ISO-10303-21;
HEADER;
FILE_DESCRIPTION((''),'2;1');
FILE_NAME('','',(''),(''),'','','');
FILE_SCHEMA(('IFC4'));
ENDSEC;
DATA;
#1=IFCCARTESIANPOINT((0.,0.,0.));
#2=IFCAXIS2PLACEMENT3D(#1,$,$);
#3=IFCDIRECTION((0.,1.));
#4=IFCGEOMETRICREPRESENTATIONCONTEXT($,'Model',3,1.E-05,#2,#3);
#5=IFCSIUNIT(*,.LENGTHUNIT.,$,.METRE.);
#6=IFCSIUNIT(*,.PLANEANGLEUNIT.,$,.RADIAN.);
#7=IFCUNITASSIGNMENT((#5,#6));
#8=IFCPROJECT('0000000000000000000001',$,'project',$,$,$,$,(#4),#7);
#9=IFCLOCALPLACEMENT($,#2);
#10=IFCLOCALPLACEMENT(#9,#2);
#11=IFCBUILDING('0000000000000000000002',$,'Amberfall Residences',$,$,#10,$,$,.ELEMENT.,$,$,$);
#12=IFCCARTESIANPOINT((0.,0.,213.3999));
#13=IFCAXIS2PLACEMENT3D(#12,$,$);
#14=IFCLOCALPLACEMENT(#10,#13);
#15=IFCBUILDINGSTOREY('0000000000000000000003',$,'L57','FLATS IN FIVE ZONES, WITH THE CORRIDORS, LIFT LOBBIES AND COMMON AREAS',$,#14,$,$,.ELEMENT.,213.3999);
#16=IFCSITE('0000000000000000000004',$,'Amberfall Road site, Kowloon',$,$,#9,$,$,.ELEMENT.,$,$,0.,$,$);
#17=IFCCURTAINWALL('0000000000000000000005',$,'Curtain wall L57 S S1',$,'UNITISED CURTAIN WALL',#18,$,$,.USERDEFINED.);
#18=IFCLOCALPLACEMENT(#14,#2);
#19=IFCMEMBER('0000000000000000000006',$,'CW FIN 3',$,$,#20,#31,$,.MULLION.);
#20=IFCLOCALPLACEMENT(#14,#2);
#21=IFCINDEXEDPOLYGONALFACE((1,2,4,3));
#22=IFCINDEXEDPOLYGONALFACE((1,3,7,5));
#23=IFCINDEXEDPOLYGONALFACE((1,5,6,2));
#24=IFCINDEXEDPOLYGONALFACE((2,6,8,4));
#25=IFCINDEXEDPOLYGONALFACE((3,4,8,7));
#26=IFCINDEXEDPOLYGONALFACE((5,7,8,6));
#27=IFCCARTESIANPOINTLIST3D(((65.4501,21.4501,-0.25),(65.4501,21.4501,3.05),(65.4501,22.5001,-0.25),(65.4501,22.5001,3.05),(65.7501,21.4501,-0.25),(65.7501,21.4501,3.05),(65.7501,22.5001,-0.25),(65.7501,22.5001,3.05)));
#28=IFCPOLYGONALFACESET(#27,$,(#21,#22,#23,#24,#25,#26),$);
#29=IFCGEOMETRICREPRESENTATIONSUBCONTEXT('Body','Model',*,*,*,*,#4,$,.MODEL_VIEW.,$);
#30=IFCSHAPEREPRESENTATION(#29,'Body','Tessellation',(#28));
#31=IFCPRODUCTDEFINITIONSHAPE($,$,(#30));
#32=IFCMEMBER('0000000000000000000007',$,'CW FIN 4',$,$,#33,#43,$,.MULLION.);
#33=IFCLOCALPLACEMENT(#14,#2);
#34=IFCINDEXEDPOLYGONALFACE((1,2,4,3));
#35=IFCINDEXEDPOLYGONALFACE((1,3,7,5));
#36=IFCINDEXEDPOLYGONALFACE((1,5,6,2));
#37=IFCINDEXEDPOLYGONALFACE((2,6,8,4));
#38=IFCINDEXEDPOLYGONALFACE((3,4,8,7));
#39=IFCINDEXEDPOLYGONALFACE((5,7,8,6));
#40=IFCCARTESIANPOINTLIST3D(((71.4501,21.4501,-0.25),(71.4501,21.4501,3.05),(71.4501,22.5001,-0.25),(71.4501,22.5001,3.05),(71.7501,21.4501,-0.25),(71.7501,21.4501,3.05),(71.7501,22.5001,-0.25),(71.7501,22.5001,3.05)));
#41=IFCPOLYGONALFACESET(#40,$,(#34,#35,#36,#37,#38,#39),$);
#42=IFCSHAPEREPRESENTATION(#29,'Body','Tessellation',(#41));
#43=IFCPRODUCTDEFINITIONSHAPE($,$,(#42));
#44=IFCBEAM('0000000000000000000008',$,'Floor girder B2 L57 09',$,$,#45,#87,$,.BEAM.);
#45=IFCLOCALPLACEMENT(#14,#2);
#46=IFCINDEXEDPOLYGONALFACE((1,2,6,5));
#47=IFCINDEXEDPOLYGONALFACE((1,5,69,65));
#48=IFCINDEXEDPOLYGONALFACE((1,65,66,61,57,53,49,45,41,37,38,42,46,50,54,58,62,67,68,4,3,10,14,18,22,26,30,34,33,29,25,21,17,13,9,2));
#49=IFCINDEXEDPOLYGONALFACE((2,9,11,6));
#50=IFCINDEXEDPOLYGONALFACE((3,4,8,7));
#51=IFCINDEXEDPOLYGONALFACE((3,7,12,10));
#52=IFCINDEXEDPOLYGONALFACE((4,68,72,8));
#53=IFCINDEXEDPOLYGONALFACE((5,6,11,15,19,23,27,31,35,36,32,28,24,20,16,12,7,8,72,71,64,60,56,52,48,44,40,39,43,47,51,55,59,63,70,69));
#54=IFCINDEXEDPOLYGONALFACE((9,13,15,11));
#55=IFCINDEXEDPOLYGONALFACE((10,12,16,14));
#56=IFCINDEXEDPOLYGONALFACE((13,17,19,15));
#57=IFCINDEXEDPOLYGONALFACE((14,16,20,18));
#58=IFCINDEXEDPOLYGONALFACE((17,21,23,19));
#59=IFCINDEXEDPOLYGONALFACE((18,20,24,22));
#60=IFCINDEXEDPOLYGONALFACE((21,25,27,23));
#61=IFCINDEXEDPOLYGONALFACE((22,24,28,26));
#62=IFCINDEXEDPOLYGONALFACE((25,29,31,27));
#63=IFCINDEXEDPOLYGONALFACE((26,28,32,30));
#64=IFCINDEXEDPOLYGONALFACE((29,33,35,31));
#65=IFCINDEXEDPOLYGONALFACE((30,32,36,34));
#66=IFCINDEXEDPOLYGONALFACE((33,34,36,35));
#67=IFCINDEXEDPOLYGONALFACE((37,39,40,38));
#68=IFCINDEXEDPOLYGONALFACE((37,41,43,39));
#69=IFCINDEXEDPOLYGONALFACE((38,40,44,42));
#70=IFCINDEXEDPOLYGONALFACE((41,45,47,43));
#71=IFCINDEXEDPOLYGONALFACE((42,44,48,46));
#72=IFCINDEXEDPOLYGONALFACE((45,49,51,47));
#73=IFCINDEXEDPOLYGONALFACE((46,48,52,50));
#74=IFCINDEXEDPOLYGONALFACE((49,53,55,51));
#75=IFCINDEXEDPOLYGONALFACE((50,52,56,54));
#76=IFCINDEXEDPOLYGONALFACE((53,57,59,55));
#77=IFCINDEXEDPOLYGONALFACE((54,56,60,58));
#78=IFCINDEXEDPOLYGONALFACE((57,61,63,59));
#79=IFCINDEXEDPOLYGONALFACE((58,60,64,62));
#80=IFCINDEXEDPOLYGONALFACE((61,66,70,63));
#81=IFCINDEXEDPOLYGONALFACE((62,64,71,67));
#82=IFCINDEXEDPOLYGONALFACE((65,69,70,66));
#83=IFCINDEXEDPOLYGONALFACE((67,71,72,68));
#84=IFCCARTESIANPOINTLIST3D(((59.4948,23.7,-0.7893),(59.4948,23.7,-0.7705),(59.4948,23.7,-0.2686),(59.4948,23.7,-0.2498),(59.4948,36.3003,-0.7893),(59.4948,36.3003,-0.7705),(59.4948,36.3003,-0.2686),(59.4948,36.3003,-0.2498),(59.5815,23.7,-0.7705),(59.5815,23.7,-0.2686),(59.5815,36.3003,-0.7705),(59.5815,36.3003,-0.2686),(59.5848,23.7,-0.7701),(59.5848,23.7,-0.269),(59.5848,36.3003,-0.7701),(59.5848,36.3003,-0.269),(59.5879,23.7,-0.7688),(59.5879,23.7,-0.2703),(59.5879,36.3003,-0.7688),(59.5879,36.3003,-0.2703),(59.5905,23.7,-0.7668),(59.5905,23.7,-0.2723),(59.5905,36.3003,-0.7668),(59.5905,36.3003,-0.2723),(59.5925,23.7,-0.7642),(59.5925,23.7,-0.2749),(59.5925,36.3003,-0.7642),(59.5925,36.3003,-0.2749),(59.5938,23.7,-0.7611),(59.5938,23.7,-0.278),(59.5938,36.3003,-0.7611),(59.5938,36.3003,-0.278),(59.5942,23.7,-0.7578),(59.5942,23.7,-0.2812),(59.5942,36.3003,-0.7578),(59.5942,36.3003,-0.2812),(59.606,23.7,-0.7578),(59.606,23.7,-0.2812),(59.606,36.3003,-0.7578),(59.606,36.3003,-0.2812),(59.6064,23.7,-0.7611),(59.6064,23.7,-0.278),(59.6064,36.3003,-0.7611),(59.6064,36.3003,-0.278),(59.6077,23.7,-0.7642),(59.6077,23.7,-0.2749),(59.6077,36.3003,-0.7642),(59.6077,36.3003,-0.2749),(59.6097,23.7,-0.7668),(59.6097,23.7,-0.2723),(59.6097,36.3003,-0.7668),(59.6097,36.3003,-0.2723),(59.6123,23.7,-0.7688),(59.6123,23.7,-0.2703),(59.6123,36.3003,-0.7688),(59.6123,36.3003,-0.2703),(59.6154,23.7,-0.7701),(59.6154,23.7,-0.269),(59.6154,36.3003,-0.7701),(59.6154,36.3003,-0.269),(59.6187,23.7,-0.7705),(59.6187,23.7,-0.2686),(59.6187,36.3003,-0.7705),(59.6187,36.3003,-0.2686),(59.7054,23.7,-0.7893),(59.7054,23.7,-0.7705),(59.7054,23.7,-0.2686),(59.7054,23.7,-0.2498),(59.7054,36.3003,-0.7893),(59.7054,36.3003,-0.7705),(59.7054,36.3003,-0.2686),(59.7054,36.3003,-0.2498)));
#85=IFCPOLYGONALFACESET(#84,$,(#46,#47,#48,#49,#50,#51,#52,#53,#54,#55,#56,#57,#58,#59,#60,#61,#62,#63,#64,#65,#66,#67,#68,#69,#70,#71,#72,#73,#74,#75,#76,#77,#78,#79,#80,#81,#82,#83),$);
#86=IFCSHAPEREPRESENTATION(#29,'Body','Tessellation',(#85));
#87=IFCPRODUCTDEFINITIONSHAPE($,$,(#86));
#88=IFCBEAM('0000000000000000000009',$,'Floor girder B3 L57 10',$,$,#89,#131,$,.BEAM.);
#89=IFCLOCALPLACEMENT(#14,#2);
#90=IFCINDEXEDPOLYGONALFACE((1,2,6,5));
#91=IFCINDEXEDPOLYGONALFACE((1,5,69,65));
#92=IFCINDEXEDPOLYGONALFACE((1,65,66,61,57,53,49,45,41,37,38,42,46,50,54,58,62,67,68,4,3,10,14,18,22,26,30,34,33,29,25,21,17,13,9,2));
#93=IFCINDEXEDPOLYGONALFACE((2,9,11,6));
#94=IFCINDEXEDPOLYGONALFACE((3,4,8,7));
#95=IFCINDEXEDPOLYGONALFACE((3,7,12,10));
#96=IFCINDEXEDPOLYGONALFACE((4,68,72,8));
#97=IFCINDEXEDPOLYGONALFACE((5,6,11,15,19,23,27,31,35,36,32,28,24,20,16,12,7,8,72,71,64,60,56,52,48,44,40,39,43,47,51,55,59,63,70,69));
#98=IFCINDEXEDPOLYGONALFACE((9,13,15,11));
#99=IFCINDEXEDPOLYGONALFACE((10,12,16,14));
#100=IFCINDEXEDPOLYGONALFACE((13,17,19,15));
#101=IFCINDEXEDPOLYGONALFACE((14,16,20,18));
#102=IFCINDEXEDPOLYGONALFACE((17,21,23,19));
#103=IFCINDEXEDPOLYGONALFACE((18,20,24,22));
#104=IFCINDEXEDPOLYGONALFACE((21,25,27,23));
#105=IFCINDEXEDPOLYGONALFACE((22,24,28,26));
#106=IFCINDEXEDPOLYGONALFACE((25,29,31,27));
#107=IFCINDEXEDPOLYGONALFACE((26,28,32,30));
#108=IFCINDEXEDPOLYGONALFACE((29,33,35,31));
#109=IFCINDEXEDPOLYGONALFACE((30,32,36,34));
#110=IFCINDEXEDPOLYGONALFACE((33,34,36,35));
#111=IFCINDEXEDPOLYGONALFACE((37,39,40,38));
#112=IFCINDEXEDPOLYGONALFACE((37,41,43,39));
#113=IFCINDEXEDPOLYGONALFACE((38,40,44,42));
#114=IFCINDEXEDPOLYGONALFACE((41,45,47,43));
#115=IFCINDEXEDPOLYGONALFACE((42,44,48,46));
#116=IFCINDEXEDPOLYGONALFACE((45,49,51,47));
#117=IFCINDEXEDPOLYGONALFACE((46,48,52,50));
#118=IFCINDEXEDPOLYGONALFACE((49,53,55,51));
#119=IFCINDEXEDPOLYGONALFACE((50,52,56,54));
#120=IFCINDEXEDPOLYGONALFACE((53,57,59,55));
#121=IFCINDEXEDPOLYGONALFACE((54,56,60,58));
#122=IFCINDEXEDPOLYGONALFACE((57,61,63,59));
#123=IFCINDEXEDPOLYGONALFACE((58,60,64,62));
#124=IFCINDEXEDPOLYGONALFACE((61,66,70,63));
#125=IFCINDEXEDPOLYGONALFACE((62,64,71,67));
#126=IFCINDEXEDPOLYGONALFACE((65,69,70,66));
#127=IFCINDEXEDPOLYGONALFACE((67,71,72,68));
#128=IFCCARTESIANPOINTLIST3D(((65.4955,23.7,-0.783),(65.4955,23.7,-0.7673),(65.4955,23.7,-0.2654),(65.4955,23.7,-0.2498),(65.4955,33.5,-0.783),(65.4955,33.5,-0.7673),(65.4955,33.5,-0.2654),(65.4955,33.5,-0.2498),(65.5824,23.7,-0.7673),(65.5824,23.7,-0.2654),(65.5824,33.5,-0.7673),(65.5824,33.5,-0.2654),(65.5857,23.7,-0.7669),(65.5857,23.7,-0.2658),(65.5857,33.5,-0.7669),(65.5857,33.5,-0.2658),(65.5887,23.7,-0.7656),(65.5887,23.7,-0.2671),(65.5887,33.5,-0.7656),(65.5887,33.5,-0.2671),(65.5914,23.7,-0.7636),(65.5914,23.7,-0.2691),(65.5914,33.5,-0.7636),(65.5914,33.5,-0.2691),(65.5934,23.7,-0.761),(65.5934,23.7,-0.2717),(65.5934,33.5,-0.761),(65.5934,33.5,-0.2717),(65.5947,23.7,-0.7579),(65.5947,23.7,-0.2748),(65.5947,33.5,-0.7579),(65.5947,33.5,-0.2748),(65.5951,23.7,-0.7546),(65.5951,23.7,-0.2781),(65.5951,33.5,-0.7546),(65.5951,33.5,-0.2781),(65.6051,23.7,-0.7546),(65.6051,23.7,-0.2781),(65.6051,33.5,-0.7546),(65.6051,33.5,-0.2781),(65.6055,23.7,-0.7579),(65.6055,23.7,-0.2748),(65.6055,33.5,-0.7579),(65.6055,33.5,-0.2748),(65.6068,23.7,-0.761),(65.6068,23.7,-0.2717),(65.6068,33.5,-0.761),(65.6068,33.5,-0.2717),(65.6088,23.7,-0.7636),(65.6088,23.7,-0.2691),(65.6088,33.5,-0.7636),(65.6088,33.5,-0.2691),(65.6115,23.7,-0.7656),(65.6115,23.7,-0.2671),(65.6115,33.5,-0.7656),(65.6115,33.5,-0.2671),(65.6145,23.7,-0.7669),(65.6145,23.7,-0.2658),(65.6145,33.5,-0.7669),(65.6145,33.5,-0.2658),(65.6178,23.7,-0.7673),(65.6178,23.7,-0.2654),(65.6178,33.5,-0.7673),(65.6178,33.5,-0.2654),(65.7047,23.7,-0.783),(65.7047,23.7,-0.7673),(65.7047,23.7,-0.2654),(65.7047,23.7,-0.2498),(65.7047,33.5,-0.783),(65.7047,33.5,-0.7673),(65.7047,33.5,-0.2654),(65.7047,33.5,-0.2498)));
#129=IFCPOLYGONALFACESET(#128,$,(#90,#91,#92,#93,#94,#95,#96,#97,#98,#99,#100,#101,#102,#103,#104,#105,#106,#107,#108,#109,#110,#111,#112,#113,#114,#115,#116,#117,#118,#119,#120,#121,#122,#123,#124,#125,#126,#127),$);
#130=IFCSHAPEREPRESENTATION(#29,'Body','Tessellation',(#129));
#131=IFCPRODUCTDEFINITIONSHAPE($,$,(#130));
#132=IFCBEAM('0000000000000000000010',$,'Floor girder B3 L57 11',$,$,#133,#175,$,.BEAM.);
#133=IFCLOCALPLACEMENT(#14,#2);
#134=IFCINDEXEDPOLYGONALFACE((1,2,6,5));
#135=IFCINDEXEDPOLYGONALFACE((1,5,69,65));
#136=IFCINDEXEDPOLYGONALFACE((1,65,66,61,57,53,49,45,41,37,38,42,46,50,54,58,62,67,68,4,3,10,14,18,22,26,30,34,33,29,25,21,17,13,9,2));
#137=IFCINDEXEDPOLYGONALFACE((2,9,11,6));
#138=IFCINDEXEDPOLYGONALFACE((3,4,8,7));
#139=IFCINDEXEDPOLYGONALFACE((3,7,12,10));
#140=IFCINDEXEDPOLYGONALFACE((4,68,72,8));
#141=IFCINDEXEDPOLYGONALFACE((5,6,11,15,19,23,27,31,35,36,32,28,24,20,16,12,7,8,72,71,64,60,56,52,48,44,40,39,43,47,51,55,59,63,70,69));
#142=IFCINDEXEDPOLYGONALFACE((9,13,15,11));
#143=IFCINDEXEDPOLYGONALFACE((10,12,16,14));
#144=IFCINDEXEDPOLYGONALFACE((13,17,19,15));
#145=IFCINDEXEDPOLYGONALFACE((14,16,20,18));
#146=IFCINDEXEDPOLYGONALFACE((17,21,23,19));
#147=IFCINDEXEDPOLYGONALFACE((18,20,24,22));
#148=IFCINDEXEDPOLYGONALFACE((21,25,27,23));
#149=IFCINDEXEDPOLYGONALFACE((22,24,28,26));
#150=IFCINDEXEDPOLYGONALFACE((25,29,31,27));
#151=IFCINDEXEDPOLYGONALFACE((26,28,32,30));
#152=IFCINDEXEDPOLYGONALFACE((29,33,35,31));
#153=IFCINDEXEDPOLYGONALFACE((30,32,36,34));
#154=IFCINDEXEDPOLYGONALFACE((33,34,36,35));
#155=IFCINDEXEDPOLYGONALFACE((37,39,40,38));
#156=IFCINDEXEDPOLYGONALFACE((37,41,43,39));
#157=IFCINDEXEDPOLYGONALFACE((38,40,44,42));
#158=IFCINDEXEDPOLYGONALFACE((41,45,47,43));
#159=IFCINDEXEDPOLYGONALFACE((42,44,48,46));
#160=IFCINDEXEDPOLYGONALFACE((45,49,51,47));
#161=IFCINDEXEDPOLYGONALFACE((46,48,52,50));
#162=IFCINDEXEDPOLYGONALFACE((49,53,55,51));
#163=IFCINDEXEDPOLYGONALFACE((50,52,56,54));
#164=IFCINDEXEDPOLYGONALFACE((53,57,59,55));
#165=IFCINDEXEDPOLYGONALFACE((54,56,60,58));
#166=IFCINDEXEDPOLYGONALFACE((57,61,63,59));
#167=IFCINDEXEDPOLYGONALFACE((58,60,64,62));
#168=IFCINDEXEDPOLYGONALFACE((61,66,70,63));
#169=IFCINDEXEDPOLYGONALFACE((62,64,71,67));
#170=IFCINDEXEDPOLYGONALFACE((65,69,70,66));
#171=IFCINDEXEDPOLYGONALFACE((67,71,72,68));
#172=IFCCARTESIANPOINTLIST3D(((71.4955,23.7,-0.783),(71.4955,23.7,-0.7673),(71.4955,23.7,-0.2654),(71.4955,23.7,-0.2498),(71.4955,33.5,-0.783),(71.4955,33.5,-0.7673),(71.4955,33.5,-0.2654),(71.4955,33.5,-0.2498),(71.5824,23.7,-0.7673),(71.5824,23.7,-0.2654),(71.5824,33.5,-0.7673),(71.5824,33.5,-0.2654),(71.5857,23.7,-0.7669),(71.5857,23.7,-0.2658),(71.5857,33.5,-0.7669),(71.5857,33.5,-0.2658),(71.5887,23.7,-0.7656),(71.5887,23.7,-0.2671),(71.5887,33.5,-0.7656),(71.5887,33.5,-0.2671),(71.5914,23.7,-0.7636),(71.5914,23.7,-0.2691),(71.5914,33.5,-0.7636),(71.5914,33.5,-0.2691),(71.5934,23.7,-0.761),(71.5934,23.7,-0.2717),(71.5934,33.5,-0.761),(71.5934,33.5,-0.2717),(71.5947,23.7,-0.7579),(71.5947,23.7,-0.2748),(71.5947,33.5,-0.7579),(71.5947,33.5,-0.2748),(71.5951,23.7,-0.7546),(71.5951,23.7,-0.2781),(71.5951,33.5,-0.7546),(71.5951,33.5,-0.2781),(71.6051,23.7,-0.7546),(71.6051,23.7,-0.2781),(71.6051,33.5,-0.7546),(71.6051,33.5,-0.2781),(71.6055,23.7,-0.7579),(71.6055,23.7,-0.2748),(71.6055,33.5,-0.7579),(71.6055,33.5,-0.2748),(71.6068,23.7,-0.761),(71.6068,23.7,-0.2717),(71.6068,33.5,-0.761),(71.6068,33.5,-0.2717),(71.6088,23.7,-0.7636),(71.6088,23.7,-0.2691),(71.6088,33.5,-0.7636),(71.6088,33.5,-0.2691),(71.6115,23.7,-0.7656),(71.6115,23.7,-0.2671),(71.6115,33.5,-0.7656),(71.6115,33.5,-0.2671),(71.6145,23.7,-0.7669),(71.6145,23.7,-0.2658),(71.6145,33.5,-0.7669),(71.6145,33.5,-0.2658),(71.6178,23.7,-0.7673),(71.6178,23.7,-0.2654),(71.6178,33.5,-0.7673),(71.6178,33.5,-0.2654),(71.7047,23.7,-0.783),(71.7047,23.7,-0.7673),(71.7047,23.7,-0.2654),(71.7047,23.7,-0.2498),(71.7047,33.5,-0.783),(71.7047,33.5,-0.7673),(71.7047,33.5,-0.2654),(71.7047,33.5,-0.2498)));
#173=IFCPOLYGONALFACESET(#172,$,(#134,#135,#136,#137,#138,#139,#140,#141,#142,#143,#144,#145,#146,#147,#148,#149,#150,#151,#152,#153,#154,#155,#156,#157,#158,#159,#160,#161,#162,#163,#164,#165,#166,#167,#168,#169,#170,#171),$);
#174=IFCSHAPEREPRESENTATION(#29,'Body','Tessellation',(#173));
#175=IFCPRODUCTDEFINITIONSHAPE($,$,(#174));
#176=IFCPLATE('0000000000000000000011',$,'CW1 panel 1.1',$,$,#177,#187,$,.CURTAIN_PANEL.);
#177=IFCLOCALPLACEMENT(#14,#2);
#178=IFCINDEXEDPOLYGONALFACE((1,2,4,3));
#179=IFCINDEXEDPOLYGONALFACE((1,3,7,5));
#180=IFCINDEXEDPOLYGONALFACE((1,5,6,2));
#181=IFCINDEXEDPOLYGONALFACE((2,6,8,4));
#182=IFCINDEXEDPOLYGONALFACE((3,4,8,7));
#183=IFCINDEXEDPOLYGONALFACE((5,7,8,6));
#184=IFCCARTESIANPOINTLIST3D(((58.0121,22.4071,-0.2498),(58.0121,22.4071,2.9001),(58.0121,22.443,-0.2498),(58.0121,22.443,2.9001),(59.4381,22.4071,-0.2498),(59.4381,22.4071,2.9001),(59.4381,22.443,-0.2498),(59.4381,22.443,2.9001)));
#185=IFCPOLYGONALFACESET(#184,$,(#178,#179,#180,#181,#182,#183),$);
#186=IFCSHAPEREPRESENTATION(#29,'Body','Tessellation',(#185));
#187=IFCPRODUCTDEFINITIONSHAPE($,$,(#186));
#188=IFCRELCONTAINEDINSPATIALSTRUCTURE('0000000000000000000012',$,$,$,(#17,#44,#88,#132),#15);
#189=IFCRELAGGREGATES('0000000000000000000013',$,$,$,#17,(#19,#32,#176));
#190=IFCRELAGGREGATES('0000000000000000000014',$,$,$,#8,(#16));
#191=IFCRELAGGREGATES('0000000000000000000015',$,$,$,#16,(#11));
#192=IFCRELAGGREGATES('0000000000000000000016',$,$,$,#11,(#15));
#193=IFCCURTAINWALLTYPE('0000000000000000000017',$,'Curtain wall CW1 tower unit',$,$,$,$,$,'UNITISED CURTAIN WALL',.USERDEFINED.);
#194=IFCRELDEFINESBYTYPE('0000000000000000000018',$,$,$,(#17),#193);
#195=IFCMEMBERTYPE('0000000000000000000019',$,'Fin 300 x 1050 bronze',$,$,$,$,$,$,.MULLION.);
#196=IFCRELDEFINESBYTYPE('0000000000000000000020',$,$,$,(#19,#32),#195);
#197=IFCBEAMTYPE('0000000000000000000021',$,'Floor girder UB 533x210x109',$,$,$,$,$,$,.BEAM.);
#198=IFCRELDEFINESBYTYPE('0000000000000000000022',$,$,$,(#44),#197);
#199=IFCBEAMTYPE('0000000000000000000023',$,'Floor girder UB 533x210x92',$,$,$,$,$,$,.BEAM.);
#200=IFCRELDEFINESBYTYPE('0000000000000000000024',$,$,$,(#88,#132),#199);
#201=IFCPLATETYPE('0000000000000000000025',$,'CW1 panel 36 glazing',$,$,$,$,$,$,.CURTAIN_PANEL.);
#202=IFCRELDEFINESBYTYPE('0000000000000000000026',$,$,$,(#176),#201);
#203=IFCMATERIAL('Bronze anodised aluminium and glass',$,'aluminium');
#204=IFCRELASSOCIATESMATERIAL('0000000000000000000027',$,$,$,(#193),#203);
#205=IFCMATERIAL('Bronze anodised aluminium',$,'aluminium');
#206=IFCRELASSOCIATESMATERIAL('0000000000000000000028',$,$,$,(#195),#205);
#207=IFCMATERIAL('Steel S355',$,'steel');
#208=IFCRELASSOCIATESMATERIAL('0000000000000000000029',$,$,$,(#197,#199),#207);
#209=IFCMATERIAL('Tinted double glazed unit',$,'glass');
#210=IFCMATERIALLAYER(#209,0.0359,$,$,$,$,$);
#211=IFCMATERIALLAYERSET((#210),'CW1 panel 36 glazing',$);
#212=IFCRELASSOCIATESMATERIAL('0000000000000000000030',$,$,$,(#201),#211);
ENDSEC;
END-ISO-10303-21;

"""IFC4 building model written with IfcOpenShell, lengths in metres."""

from ifc_helpers import new_model, si_unit, direction, frame, origin, origin_2d, place, context, subcontext, project, spatial, rectangle, i_section, extrude, material, layer, layer_set, material_profile, profile_set, type_object, element, aggregate, save


model = new_model("IFC4")

# Units and contexts
model_context = context("Model", 3, precision=1e-05, world=origin(), true_north=direction((0.0, 1.0)))
body_context = subcontext(model_context, "Body", "Model", "MODEL_VIEW")
ifc_project = project(units=[si_unit("LENGTHUNIT", "METRE"), si_unit("PLANEANGLEUNIT", "RADIAN")], contexts=[model_context])

# Site, building, storey
site_placement = place(None, origin())
site = spatial("IfcSite", under=ifc_project, at=site_placement, Name="Amberfall Road site, Kowloon", CompositionType="ELEMENT", RefElevation=0.0)
building_placement = place(site_placement, origin())
building = spatial("IfcBuilding", under=site, at=building_placement, Name="Amberfall Residences", CompositionType="ELEMENT")
storey_placement = place(building_placement, frame((0.0, 0.0, 213.3999)))
storey = spatial("IfcBuildingStorey", under=building, at=storey_placement, Name="L57", Description="FLATS IN FIVE ZONES, WITH THE CORRIDORS, LIFT LOBBIES AND COMMON AREAS", CompositionType="ELEMENT", Elevation=213.3999)

# Curtain wall
ifc_material_1 = material(Name="Bronze anodised aluminium and glass", Category="aluminium")
curtain_wall_type = type_object("IfcCurtainWallType", Name="Curtain wall CW1 tower unit", ElementType="UNITISED CURTAIN WALL", PredefinedType="USERDEFINED", material=ifc_material_1)
curtain_wall_placement = place(storey_placement, origin())
curtain_wall = element("IfcCurtainWall", 1, at=curtain_wall_placement, inside=storey, type_object=curtain_wall_type, Name="Curtain wall L57 S S1", ObjectType="UNITISED CURTAIN WALL", PredefinedType="USERDEFINED")
ifc_material_2 = material(Name="Bronze anodised aluminium", Category="aluminium")

# Shared definitions
ifc_material_3 = material(Name="Steel S355", Category="steel")

# Members
ifc_material_profile_1 = material_profile(ifc_material_2, rectangle(XDim=1.05, YDim=0.3, at=origin_2d()), Name="Fin 300 x 1050 bronze")
ifc_profile_set_1 = profile_set([ifc_material_profile_1], Name="Bronze anodised aluminium")
member_type_1 = type_object("IfcMemberType", Name="Fin 300 x 1050 bronze", PredefinedType="MULLION", material=ifc_profile_set_1)
member_1_placement = place(storey_placement, frame((65.6001, 21.9751, -0.25), z_axis=(0.0, 0.0, 1.0), x_axis=(0.0, 1.0, 0.0)))
member_1 = element("IfcMember", 2, at=member_1_placement, type_object=member_type_1, Name="CW FIN 3", PredefinedType="MULLION", context=body_context, shape_type="SweptSolid", body=[
    extrude(rectangle(XDim=1.05, YDim=0.3, at=origin_2d()), origin(), (0.0, 0.0, 1.0), 3.3),
])
member_2_placement = place(storey_placement, frame((71.6001, 21.9751, -0.25), z_axis=(0.0, 0.0, 1.0), x_axis=(0.0, 1.0, 0.0)))
member_2 = element("IfcMember", 3, at=member_2_placement, type_object=member_type_1, Name="CW FIN 4", PredefinedType="MULLION", context=body_context, shape_type="SweptSolid", body=[
    extrude(rectangle(XDim=1.05, YDim=0.3, at=origin_2d()), origin(), (0.0, 0.0, 1.0), 3.3),
])

# Beams
ifc_material_profile_2 = material_profile(ifc_material_3, i_section(OverallWidth=0.2107, OverallDepth=0.5396, WebThickness=0.0117, FlangeThickness=0.0188, FilletRadius=0.0127, at=origin_2d()), Name="UB 533x210x109")
ifc_profile_set_2 = profile_set([ifc_material_profile_2], Name="Steel S355")
beam_type_1 = type_object("IfcBeamType", Name="Floor girder UB 533x210x109", PredefinedType="BEAM", material=ifc_profile_set_2)
beam_placement = place(storey_placement, frame((59.6001, 23.7, -0.5195), z_axis=(0.0, 1.0, 0.0), x_axis=(-1.0, 0.0, 0.0)))
element("IfcBeam", 4, at=beam_placement, inside=storey, type_object=beam_type_1, Name="Floor girder B2 L57 09", PredefinedType="BEAM", context=body_context, shape_type="SweptSolid", body=[
    extrude(i_section(OverallWidth=0.2107, OverallDepth=0.5396, WebThickness=0.0117, FlangeThickness=0.0188, FilletRadius=0.0127, at=origin_2d()), origin(), (0.0, 0.0, 1.0), 12.6003),
])
ifc_material_profile_3 = material_profile(ifc_material_3, i_section(OverallWidth=0.2092, OverallDepth=0.5332, WebThickness=0.01, FlangeThickness=0.0156, FilletRadius=0.0127, at=origin_2d()), Name="UB 533x210x92")
ifc_profile_set_3 = profile_set([ifc_material_profile_3], Name="Steel S355")
beam_type_2 = type_object("IfcBeamType", Name="Floor girder UB 533x210x92", PredefinedType="BEAM", material=ifc_profile_set_3)
for number, where, z_axis, x_axis, name in (
    (5, (65.6001, 23.7, -0.5164), (0.0, 1.0, 0.0), (-1.0, 0.0, 0.0), "Floor girder B3 L57 10"),
    (6, (71.6001, 23.7, -0.5164), (0.0, 1.0, 0.0), (-1.0, 0.0, 0.0), "Floor girder B3 L57 11"),
):
    element("IfcBeam", number, at=place(storey_placement, frame(where, z_axis=z_axis, x_axis=x_axis)), inside=storey, type_object=beam_type_2, Name=name, PredefinedType="BEAM", context=body_context, shape_type="SweptSolid", body=[
        extrude(i_section(OverallWidth=0.2092, OverallDepth=0.5332, WebThickness=0.01, FlangeThickness=0.0156, FilletRadius=0.0127, at=origin_2d()), origin(), (0.0, 0.0, 1.0), 9.8),
    ])

# Plate
ifc_material_4 = material(Name="Tinted double glazed unit", Category="glass")
ifc_layer_1 = layer(ifc_material_4, 0.0359)
ifc_layer_set_1 = layer_set([ifc_layer_1], Name="CW1 panel 36 glazing")
plate_type = type_object("IfcPlateType", Name="CW1 panel 36 glazing", PredefinedType="CURTAIN_PANEL", material=ifc_layer_set_1)
plate_1_placement = place(storey_placement, frame((58.7251, 22.425, -0.2498), z_axis=(0.0, 0.0, 1.0), x_axis=(1.0, 0.0, 0.0)))
plate_1 = element("IfcPlate", 7, at=plate_1_placement, type_object=plate_type, Name="CW1 panel 1.1", PredefinedType="CURTAIN_PANEL", context=body_context, shape_type="SweptSolid", body=[
    extrude(rectangle(XDim=1.426, YDim=0.0359, at=origin_2d()), origin(), (0.0, 0.0, 1.0), 3.1499),
])
aggregate(curtain_wall, [member_1, member_2, plate_1])

save(model, "model.ifc")
